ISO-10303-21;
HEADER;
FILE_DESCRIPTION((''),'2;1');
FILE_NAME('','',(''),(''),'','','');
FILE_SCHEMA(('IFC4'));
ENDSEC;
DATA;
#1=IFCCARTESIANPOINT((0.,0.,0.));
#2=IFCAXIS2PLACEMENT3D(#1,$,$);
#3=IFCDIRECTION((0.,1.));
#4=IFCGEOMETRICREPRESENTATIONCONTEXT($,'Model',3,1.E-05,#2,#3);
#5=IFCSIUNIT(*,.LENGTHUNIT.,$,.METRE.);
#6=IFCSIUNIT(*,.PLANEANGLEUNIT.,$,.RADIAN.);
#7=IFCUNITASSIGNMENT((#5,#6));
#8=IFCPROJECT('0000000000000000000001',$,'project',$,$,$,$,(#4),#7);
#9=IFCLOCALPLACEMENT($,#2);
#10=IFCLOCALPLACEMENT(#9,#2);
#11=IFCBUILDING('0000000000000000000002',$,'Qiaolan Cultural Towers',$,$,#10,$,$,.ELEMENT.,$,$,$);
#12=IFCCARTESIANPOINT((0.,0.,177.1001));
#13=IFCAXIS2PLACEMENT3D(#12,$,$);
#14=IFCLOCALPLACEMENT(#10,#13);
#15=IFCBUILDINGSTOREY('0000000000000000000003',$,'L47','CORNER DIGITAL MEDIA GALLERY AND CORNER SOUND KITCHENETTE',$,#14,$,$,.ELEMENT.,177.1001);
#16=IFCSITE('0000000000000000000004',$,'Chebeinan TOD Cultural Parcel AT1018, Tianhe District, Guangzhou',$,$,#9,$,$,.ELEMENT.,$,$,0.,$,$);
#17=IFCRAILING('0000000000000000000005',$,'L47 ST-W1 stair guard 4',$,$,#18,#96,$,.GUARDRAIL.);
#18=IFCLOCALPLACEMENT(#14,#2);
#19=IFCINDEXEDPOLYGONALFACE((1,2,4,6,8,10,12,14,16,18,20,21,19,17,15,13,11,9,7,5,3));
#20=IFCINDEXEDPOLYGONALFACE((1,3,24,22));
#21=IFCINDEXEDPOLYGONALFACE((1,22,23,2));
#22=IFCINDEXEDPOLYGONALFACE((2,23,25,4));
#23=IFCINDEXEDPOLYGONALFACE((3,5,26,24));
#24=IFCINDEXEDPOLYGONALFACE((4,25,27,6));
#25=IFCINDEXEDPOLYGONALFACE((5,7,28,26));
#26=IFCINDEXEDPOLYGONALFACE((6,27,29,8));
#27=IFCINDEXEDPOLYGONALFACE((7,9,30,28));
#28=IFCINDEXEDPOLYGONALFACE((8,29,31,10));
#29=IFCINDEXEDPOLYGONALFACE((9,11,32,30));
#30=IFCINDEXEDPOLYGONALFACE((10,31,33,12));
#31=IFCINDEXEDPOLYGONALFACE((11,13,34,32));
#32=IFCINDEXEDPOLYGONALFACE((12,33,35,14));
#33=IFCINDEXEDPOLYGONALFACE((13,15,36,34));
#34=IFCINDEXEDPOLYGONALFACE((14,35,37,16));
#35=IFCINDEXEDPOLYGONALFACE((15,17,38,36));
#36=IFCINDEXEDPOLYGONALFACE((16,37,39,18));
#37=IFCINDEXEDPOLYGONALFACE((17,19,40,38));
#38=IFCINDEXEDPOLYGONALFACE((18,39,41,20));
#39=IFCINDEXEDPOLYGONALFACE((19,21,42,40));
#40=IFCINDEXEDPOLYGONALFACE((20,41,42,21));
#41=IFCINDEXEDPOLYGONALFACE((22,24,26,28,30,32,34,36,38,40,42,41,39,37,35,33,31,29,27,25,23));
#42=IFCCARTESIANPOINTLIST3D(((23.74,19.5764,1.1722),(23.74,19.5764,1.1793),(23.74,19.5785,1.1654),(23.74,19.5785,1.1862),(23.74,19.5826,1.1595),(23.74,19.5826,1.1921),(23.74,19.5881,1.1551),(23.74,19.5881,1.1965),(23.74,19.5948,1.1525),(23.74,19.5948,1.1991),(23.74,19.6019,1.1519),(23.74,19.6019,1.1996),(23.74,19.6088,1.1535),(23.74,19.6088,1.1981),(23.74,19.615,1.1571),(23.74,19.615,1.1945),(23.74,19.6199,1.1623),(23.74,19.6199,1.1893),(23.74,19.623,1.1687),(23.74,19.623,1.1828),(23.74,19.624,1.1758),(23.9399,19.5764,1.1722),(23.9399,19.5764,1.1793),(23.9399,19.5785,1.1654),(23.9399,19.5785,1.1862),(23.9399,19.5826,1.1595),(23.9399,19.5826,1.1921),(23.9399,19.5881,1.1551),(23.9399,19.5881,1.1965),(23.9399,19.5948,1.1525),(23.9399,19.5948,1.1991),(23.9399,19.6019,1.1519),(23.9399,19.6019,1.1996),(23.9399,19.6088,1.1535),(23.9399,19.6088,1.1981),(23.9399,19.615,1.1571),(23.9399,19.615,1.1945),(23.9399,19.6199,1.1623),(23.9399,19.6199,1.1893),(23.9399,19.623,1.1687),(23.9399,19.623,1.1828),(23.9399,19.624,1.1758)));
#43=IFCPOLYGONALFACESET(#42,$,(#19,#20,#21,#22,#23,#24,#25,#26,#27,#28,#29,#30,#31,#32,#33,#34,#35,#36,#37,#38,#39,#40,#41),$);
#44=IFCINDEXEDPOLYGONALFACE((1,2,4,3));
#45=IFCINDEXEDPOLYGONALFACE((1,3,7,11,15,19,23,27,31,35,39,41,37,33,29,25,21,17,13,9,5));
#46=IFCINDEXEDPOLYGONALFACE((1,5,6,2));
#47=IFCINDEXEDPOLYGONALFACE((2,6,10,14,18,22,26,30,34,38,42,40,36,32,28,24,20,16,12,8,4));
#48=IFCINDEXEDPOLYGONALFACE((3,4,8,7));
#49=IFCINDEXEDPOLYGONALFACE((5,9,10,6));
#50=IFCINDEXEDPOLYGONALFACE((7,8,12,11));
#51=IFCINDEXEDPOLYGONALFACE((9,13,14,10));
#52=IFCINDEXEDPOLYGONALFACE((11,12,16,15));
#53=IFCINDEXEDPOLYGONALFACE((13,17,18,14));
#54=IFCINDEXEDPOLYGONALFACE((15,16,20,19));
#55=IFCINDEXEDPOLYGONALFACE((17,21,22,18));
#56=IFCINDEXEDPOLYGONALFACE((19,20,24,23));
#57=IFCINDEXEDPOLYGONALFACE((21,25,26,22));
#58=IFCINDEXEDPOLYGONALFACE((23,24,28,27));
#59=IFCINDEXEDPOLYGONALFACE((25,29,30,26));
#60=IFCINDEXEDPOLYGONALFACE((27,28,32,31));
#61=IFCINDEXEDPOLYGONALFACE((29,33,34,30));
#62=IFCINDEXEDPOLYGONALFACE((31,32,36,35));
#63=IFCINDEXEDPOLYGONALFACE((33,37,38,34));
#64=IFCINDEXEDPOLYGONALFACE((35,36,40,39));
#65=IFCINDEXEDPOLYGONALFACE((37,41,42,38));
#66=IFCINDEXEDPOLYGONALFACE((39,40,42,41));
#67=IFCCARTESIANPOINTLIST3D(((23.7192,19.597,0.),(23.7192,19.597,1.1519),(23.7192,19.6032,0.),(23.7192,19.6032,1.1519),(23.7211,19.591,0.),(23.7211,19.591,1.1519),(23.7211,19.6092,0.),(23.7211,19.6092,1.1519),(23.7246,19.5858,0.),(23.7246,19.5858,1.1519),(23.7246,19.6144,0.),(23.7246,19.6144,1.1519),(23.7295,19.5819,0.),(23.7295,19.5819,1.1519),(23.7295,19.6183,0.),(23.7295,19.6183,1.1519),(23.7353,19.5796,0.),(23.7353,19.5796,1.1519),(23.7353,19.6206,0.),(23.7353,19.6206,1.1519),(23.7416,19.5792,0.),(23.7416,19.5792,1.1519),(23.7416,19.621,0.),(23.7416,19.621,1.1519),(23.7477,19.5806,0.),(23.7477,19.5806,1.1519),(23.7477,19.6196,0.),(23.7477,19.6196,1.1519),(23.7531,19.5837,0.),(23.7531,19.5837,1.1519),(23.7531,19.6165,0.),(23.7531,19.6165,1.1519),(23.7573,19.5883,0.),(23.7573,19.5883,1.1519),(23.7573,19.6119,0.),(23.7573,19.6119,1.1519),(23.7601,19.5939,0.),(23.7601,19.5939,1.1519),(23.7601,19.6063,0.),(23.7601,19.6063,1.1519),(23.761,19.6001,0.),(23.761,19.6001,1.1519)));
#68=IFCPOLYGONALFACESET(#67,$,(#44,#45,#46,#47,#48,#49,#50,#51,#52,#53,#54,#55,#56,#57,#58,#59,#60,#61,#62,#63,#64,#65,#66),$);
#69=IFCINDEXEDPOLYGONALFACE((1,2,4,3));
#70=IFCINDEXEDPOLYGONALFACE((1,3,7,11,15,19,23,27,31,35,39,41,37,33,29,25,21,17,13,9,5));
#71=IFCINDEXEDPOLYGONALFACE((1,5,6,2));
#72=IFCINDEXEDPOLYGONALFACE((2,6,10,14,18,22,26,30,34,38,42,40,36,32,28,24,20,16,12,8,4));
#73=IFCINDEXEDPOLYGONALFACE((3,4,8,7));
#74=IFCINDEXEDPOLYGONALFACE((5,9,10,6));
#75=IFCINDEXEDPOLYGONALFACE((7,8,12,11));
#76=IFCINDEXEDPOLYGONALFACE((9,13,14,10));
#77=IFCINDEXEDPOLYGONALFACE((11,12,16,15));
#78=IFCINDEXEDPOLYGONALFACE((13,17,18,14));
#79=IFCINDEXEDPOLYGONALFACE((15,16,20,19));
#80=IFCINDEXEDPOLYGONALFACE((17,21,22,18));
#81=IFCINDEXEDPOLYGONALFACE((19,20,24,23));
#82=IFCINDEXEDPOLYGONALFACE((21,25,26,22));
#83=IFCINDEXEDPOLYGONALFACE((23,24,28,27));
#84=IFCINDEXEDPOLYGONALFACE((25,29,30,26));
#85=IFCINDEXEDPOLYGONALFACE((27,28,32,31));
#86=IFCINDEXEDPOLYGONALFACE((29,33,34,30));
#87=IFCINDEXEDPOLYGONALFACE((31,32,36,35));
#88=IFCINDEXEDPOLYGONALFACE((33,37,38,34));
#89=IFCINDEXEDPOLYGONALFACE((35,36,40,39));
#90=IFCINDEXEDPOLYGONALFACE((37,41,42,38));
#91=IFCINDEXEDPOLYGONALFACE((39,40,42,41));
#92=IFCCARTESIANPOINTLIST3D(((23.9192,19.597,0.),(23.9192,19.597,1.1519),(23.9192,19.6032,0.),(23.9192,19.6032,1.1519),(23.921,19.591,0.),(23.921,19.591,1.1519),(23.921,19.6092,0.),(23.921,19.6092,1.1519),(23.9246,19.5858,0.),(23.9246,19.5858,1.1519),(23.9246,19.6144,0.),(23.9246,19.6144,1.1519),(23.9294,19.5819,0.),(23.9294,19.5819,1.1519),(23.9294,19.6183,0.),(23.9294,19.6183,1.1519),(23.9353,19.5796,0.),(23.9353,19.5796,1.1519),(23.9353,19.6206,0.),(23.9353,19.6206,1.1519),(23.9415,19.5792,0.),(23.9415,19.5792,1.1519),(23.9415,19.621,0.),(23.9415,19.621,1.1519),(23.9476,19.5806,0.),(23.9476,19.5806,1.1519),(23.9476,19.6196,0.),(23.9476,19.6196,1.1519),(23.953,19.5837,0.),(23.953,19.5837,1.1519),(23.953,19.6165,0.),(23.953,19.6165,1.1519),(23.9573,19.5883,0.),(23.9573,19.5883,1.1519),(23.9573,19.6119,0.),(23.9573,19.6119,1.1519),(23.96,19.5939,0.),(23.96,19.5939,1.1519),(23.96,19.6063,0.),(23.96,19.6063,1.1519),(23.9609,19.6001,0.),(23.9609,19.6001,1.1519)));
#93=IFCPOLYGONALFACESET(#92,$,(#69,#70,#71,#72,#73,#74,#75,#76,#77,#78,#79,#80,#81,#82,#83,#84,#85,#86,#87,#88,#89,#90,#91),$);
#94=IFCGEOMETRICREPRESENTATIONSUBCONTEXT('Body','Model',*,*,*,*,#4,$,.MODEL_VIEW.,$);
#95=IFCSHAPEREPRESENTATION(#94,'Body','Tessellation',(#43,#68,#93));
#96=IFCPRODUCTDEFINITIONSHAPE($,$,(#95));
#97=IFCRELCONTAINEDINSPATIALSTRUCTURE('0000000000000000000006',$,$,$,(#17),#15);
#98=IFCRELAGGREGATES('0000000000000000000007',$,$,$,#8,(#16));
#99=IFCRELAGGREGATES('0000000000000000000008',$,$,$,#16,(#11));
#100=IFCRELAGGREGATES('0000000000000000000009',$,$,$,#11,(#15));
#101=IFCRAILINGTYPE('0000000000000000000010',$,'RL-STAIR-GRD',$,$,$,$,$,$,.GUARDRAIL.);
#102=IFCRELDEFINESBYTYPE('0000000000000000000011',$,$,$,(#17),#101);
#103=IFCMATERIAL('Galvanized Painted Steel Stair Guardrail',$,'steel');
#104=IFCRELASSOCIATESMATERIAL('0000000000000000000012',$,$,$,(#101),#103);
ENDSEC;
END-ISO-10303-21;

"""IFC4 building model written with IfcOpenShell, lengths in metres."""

from ifc_helpers import new_model, si_unit, direction, frame, origin, origin_2d, place, context, subcontext, project, spatial, circle, extrude, material, type_object, element, save


model = new_model("IFC4")

# Units and contexts
model_context = context("Model", 3, precision=1e-05, world=origin(), true_north=direction((0.0, 1.0)))
body_context = subcontext(model_context, "Body", "Model", "MODEL_VIEW")
ifc_project = project(units=[si_unit("LENGTHUNIT", "METRE"), si_unit("PLANEANGLEUNIT", "RADIAN")], contexts=[model_context])

# Site, building, storey
site_placement = place(None, origin())
site = spatial("IfcSite", under=ifc_project, at=site_placement, Name="Chebeinan TOD Cultural Parcel AT1018, Tianhe District, Guangzhou", CompositionType="ELEMENT", RefElevation=0.0)
building_placement = place(site_placement, origin())
building = spatial("IfcBuilding", under=site, at=building_placement, Name="Qiaolan Cultural Towers", CompositionType="ELEMENT")
storey_placement = place(building_placement, frame((0.0, 0.0, 177.1001)))
storey = spatial("IfcBuildingStorey", under=building, at=storey_placement, Name="L47", Description="CORNER DIGITAL MEDIA GALLERY AND CORNER SOUND KITCHENETTE", CompositionType="ELEMENT", Elevation=177.1001)

# Railing
ifc_material_1 = material(Name="Galvanized Painted Steel Stair Guardrail", Category="steel")
railing_type_1 = type_object("IfcRailingType", Name="RL-STAIR-GRD", PredefinedType="GUARDRAIL", material=ifc_material_1)
railing_1_placement = place(storey_placement, frame((23.74, 19.6001, 0.0)))
element("IfcRailing", 1, at=railing_1_placement, inside=storey, type_object=railing_type_1, Name="L47 ST-W1 stair guard 4", PredefinedType="GUARDRAIL", context=body_context, shape_type="SweptSolid", body=[
    extrude(circle(Radius=0.0239, at=origin_2d()), frame((0.0, 0.0, 1.1758), z_axis=(1.0, 0.0, 0.0), x_axis=(0.0, 1.0, 0.0)), (0.0, 0.0, 1.0), 0.2),
    extrude(circle(Radius=0.021, at=origin_2d()), origin(), (0.0, 0.0, 1.0), 1.1519),
    extrude(circle(Radius=0.021, at=origin_2d()), frame((0.2, 0.0, 0.0)), (0.0, 0.0, 1.0), 1.1519),
])

save(model, "model.ifc")
